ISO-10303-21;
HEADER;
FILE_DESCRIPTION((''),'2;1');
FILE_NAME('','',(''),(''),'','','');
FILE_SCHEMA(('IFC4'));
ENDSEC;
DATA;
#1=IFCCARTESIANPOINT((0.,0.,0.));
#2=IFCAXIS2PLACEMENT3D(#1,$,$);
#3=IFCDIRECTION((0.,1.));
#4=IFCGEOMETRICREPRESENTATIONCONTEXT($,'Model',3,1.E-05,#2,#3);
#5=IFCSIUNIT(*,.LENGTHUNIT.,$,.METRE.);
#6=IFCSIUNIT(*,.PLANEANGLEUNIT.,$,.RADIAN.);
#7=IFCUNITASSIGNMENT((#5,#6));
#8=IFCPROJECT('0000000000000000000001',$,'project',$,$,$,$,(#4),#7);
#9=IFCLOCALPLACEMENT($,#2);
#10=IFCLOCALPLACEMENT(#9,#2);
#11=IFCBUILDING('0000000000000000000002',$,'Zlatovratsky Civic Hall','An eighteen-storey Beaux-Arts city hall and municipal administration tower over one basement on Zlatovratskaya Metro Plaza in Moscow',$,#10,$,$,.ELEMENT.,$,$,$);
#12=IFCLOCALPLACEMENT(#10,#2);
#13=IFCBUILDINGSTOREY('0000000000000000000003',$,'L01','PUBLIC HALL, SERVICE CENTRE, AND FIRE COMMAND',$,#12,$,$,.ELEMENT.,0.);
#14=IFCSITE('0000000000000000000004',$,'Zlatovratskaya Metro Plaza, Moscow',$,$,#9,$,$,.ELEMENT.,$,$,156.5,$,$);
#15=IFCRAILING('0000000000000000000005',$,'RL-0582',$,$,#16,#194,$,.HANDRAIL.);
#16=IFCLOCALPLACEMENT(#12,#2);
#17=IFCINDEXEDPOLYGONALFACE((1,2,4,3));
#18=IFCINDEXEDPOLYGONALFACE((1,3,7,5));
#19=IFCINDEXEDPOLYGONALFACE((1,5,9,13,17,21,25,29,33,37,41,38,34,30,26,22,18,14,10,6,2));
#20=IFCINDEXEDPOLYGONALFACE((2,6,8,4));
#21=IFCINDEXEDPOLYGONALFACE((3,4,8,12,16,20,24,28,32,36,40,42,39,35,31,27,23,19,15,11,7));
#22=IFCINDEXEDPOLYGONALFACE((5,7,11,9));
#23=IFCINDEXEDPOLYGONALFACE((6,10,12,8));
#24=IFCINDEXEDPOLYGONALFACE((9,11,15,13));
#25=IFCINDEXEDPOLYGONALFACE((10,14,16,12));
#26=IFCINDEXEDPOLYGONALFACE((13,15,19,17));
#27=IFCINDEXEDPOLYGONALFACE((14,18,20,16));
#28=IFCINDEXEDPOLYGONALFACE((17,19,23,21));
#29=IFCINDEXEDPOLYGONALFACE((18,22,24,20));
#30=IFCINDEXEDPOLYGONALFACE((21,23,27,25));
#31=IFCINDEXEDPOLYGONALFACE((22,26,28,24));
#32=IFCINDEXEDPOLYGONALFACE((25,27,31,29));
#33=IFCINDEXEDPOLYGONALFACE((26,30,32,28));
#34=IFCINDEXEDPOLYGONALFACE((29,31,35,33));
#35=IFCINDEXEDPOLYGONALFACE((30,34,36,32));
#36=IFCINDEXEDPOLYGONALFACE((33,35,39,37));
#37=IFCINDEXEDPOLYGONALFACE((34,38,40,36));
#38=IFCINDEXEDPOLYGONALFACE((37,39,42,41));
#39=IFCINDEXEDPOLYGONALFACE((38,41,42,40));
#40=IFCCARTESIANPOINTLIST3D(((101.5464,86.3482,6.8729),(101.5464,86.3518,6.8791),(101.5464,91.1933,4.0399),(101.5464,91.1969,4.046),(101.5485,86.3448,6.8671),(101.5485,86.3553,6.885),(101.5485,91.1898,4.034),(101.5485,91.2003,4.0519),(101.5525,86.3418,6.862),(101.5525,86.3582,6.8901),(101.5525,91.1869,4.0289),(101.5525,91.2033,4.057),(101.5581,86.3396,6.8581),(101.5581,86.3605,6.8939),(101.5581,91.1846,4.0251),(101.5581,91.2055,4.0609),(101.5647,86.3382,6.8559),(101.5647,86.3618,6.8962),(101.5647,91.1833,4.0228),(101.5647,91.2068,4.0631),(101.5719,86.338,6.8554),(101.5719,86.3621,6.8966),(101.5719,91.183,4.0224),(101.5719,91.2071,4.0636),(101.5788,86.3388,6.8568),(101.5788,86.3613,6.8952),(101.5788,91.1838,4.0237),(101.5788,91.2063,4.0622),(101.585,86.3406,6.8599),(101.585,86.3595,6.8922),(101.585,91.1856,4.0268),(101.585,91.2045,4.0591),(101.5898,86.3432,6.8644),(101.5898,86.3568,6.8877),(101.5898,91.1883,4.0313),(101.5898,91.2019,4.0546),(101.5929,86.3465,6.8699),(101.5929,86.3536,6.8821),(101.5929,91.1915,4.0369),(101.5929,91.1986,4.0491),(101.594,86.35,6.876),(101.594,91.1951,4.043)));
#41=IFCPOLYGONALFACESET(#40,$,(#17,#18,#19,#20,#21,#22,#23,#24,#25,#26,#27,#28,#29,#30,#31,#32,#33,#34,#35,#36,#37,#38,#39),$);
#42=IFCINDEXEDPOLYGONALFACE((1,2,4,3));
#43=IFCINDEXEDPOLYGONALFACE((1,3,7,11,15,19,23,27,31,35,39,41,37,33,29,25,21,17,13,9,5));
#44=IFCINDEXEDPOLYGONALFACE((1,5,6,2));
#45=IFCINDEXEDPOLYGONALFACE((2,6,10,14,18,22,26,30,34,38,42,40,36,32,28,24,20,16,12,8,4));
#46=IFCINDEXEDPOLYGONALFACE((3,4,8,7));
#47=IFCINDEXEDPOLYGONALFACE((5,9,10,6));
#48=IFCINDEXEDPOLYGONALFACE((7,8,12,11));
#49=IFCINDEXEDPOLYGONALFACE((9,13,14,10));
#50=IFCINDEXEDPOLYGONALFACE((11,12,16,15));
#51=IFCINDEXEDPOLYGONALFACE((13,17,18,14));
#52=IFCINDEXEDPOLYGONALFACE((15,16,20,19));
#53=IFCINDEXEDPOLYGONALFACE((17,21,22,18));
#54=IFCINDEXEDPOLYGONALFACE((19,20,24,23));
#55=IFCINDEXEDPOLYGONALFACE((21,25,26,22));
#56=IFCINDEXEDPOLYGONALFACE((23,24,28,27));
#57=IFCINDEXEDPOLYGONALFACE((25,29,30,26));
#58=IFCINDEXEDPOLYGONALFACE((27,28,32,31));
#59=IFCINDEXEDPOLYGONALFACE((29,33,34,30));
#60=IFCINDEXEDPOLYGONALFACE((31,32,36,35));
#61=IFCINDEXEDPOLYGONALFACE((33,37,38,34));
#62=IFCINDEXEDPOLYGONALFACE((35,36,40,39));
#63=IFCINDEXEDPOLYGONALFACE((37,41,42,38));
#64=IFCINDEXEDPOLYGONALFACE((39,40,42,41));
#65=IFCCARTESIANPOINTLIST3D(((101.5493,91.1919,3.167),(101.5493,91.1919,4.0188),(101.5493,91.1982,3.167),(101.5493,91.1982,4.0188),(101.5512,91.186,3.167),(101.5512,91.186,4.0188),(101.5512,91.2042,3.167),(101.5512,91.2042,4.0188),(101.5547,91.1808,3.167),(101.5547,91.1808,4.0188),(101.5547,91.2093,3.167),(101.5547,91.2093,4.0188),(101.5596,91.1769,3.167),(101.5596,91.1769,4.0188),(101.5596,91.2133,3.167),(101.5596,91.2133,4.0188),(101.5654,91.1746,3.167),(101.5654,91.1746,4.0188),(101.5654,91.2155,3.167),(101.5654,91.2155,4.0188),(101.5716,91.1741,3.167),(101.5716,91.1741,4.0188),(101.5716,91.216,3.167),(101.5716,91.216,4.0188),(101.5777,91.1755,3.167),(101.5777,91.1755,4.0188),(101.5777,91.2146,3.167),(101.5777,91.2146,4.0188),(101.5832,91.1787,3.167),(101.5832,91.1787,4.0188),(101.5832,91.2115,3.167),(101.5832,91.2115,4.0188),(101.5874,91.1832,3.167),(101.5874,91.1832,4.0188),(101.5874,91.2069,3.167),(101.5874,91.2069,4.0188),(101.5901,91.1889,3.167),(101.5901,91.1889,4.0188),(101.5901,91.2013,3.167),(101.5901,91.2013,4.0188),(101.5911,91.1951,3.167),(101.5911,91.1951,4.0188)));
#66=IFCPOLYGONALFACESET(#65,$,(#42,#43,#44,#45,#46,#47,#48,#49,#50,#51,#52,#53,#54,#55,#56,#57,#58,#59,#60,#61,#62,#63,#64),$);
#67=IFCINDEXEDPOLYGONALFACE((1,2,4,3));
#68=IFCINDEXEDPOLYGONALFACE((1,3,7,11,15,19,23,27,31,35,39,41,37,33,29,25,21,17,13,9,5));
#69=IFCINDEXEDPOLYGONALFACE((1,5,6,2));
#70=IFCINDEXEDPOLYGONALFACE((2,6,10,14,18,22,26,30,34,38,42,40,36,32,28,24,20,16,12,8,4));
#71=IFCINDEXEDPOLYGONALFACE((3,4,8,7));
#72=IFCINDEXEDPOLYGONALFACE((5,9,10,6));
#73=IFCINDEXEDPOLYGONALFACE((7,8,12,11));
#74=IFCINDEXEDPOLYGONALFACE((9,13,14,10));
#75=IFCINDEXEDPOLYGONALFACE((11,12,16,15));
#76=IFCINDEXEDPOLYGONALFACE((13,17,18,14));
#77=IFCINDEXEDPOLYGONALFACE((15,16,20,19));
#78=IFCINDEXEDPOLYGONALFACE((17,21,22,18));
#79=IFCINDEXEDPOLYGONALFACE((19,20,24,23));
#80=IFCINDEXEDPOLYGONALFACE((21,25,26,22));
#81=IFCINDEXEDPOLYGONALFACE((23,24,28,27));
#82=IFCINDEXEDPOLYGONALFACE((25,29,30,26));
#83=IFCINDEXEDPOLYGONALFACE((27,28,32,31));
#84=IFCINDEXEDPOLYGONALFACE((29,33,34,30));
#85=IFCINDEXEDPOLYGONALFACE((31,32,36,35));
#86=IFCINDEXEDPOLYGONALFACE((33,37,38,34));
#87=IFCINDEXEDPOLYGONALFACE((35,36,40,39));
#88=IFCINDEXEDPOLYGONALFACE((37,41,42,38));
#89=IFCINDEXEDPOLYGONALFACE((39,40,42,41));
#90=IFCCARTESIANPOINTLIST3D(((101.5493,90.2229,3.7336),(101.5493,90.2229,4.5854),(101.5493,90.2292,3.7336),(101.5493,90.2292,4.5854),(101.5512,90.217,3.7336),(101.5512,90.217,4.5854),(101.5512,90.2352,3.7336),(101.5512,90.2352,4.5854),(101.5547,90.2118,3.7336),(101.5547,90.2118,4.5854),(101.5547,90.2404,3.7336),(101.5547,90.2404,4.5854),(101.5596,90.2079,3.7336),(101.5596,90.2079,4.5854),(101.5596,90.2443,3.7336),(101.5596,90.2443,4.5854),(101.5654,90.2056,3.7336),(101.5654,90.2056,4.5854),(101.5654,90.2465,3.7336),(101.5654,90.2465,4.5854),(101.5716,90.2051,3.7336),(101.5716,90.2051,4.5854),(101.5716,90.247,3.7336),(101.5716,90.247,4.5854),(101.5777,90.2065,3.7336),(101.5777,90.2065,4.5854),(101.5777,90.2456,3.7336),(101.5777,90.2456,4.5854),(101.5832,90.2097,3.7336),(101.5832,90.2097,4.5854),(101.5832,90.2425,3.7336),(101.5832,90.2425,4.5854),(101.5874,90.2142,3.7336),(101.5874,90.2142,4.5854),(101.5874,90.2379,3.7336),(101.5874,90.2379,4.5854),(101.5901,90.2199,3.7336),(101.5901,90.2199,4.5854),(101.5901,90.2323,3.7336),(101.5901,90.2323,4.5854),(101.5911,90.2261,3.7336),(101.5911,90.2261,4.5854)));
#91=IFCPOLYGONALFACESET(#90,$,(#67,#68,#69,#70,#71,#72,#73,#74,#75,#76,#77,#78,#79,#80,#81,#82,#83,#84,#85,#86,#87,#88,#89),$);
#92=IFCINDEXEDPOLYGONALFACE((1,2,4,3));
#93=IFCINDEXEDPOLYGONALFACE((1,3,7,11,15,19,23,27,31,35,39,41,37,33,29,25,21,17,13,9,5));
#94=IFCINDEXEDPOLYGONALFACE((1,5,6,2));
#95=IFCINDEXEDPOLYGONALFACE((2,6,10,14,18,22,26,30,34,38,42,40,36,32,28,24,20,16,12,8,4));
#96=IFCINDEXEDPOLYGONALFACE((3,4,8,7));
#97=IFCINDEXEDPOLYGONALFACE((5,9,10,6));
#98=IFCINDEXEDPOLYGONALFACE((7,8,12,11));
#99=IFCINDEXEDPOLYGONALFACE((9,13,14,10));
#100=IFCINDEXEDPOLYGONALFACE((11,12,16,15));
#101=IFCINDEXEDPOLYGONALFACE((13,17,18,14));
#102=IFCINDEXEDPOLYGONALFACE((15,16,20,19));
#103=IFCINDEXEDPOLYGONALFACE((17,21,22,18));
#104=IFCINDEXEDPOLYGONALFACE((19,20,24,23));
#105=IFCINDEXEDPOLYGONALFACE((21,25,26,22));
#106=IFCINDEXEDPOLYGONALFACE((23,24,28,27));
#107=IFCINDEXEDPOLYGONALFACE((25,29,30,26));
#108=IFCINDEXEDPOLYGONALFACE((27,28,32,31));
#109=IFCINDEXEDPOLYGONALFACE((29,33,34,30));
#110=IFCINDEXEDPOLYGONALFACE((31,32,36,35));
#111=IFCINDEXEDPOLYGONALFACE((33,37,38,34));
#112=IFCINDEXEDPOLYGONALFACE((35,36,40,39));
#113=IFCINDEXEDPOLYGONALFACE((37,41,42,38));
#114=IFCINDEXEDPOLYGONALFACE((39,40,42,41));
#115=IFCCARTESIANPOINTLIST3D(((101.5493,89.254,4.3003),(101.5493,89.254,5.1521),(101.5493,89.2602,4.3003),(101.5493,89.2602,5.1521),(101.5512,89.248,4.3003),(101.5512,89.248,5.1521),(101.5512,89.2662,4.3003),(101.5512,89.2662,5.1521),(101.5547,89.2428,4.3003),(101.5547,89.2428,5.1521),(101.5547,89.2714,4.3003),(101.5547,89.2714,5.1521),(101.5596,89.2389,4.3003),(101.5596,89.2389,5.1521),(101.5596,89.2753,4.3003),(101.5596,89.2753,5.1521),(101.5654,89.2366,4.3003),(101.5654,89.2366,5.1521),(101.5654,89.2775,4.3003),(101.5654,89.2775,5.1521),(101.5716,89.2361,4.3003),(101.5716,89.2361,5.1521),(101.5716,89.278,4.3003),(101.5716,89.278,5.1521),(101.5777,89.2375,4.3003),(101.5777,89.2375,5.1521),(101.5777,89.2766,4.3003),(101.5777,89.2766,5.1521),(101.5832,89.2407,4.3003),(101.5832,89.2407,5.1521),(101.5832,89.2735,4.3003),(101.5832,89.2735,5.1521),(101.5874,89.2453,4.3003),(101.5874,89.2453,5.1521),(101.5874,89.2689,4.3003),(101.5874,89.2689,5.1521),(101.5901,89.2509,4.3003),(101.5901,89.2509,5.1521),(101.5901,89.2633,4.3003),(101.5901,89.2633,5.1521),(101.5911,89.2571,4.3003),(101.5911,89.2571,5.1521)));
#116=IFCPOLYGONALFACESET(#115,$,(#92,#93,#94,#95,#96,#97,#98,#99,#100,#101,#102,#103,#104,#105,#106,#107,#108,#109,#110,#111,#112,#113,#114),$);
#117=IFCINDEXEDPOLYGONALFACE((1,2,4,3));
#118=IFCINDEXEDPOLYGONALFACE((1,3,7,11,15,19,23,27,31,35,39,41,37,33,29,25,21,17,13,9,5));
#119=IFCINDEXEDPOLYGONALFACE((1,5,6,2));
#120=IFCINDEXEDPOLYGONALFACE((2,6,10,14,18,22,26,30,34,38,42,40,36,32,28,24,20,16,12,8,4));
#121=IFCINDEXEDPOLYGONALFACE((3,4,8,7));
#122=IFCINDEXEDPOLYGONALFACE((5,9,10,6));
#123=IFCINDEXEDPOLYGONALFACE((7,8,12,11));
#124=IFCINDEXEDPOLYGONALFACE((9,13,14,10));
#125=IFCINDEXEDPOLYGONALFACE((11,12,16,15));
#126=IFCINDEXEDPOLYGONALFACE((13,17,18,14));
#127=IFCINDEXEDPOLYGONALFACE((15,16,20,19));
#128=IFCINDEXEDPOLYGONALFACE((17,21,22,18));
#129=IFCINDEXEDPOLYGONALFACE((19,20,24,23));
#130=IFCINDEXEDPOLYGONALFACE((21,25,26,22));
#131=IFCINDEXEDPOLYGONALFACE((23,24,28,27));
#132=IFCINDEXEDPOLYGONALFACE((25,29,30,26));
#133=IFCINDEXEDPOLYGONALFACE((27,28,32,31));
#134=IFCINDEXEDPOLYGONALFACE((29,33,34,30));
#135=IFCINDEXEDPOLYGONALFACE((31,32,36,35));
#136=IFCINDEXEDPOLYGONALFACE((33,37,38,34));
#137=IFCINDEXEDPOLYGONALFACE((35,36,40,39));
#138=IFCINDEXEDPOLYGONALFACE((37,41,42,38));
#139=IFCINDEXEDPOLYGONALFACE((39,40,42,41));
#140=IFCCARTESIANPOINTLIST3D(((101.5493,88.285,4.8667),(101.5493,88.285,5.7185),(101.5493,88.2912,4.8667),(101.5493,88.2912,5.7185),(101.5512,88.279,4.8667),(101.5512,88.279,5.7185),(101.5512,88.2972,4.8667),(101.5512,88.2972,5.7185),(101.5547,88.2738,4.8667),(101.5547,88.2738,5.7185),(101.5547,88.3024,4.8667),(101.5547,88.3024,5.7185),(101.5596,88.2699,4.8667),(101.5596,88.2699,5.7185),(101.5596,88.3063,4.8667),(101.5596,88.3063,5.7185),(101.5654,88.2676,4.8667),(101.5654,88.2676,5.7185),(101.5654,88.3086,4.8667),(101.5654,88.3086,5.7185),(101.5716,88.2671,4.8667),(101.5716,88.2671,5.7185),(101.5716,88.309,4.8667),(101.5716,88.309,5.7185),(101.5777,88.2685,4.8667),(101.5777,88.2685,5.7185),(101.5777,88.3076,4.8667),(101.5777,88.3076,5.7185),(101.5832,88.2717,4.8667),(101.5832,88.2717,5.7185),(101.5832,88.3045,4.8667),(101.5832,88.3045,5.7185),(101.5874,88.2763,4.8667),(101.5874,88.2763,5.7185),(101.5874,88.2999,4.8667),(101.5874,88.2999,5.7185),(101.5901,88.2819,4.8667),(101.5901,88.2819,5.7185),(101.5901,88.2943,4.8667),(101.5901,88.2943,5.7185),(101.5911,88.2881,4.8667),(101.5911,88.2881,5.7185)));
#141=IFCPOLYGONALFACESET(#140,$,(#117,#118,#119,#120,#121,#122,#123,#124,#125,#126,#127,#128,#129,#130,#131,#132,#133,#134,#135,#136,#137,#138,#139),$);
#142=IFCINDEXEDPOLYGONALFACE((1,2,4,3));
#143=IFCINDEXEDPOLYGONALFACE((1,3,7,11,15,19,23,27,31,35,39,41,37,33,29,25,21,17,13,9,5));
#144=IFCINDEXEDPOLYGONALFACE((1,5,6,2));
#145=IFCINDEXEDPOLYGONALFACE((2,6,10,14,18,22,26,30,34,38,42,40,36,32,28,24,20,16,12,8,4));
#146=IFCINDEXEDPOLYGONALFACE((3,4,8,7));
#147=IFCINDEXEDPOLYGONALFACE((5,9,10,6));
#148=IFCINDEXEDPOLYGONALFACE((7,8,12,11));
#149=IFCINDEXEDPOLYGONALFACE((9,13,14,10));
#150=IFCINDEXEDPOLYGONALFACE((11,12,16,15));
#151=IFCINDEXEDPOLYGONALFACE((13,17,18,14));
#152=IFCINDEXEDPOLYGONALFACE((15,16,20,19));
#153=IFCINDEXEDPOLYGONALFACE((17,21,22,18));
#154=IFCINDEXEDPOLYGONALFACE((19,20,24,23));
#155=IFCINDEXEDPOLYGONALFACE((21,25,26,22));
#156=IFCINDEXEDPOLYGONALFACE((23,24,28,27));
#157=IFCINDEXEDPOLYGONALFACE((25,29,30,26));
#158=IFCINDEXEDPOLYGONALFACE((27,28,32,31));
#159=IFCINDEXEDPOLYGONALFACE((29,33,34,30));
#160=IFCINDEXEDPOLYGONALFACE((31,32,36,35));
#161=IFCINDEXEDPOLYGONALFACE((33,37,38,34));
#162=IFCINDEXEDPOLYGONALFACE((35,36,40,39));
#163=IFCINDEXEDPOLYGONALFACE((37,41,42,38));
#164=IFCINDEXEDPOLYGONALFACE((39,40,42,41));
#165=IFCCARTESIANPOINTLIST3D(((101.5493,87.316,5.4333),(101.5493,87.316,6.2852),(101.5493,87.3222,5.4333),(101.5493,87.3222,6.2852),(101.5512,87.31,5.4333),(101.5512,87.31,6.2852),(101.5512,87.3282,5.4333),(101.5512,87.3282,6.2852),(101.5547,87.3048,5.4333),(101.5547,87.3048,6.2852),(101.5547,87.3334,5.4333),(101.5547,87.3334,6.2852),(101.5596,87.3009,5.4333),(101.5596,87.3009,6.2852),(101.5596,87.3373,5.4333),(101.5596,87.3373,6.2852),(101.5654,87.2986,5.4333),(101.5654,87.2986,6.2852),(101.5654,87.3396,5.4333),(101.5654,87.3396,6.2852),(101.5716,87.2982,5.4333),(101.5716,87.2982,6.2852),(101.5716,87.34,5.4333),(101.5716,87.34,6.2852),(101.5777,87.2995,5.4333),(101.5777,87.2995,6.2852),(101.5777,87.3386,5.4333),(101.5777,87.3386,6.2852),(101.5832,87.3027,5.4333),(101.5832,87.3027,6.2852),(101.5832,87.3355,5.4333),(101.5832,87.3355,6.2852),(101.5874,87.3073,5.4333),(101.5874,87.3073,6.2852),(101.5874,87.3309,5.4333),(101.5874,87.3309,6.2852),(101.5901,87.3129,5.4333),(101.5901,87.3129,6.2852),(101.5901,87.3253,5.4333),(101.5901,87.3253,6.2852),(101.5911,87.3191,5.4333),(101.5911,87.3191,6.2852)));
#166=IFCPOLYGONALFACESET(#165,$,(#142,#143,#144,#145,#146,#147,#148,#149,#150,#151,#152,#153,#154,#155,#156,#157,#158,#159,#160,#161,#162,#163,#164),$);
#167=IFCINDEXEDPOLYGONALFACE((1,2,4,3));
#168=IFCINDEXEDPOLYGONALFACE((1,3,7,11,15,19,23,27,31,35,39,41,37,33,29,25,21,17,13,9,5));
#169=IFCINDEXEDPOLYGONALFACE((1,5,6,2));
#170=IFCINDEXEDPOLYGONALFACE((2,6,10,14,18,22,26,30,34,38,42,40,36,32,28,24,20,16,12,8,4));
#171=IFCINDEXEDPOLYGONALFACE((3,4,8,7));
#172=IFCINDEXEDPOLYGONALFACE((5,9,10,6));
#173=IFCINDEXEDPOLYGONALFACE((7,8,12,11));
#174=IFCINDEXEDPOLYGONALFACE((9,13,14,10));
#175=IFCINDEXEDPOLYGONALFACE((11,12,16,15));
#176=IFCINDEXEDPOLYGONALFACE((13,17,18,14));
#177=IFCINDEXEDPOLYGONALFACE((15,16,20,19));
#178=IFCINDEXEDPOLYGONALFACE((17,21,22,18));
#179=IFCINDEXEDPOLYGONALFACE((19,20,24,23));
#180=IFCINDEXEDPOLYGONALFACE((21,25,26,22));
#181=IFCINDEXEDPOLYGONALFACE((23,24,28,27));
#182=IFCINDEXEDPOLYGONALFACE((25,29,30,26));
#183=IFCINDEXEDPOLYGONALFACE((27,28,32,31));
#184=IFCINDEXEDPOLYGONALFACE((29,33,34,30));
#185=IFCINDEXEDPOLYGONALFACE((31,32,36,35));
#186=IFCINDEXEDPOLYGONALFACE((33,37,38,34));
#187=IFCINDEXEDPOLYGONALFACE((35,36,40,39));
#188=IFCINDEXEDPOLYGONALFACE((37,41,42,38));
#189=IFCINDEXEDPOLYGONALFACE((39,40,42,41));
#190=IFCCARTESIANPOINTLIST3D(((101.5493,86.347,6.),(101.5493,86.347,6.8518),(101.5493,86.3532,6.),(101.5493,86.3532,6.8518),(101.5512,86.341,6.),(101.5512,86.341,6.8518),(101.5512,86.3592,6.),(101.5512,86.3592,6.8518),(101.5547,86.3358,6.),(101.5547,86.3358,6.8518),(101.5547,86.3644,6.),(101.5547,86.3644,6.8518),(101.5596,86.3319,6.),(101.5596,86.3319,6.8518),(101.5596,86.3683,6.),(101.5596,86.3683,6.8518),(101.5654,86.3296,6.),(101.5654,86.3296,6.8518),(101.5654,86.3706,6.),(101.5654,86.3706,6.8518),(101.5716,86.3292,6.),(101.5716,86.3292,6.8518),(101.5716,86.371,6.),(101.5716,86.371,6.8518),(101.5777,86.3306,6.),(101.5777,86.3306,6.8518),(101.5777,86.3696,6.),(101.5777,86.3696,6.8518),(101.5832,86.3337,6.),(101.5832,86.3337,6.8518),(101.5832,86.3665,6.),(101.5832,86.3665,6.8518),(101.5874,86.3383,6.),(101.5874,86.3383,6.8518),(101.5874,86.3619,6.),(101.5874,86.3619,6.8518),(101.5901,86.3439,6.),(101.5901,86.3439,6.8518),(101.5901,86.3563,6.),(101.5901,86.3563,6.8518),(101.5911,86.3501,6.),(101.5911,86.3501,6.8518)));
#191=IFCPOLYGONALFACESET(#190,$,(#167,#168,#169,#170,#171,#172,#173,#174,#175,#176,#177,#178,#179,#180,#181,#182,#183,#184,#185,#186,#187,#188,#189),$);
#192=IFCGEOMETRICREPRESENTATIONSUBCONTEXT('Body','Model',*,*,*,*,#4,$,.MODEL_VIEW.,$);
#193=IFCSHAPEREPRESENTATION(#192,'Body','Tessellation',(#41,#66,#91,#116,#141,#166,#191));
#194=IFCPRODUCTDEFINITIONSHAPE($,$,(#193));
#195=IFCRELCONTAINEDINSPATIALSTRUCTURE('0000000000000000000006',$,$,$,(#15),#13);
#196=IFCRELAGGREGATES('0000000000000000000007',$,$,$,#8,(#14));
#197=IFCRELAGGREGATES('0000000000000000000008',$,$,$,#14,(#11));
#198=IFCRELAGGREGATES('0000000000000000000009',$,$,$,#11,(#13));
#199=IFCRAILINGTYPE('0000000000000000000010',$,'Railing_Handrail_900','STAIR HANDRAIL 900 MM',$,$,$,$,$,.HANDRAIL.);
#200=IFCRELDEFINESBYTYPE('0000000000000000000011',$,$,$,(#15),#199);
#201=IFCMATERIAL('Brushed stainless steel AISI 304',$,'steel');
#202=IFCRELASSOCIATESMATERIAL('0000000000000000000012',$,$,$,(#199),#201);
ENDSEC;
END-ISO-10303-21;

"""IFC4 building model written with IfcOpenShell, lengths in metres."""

from ifc_helpers import new_model, si_unit, direction, frame, origin, origin_2d, place, context, subcontext, project, spatial, circle, extrude, material, type_object, element, save


model = new_model("IFC4")

# Units and contexts
model_context = context("Model", 3, precision=1e-05, world=origin(), true_north=direction((0.0, 1.0)))
body_context = subcontext(model_context, "Body", "Model", "MODEL_VIEW")
ifc_project = project(units=[si_unit("LENGTHUNIT", "METRE"), si_unit("PLANEANGLEUNIT", "RADIAN")], contexts=[model_context])

# Site, building, storey
site_placement = place(None, origin())
site = spatial("IfcSite", under=ifc_project, at=site_placement, Name="Zlatovratskaya Metro Plaza, Moscow", CompositionType="ELEMENT", RefElevation=156.5)
building_placement = place(site_placement, origin())
building = spatial("IfcBuilding", under=site, at=building_placement, Name="Zlatovratsky Civic Hall", Description="An eighteen-storey Beaux-Arts city hall and municipal administration tower over one basement on Zlatovratskaya Metro Plaza in Moscow", CompositionType="ELEMENT")
storey_placement = place(building_placement, origin())
storey = spatial("IfcBuildingStorey", under=building, at=storey_placement, Name="L01", Description="PUBLIC HALL, SERVICE CENTRE, AND FIRE COMMAND", CompositionType="ELEMENT", Elevation=0.0)

# Railing
ifc_material_1 = material(Name="Brushed stainless steel AISI 304", Category="steel")
railing_type = type_object("IfcRailingType", Name="Railing_Handrail_900", Description="STAIR HANDRAIL 900 MM", PredefinedType="HANDRAIL", material=ifc_material_1)
railing_placement = place(storey_placement, frame((101.5701, 91.1951, 3.167)))
element("IfcRailing", 1, at=railing_placement, inside=storey, type_object=railing_type, Name="RL-0582", PredefinedType="HANDRAIL", context=body_context, shape_type="SweptSolid", body=[
    extrude(circle(Radius=0.0239, at=origin_2d()), frame((0.0, 0.0, 0.876), z_axis=(0.0, -0.863253, 0.504771), x_axis=(1.0, 0.0, 0.0)), (0.0, 0.0, 1.0), 5.6125),
    extrude(circle(Radius=0.021, at=origin_2d()), origin(), (0.0, 0.0, 1.0), 0.8518),
    extrude(circle(Radius=0.021, at=origin_2d()), frame((0.0, -0.969, 0.5667)), (0.0, 0.0, 1.0), 0.8518),
    extrude(circle(Radius=0.021, at=origin_2d()), frame((0.0, -1.938, 1.1333)), (0.0, 0.0, 1.0), 0.8518),
    extrude(circle(Radius=0.021, at=origin_2d()), frame((0.0, -2.907, 1.6997)), (0.0, 0.0, 1.0), 0.8518),
    extrude(circle(Radius=0.021, at=origin_2d()), frame((0.0, -3.876, 2.2664)), (0.0, 0.0, 1.0), 0.8518),
    extrude(circle(Radius=0.021, at=origin_2d()), frame((0.0, -4.845, 2.833)), (0.0, 0.0, 1.0), 0.8518),
])

save(model, "model.ifc")
